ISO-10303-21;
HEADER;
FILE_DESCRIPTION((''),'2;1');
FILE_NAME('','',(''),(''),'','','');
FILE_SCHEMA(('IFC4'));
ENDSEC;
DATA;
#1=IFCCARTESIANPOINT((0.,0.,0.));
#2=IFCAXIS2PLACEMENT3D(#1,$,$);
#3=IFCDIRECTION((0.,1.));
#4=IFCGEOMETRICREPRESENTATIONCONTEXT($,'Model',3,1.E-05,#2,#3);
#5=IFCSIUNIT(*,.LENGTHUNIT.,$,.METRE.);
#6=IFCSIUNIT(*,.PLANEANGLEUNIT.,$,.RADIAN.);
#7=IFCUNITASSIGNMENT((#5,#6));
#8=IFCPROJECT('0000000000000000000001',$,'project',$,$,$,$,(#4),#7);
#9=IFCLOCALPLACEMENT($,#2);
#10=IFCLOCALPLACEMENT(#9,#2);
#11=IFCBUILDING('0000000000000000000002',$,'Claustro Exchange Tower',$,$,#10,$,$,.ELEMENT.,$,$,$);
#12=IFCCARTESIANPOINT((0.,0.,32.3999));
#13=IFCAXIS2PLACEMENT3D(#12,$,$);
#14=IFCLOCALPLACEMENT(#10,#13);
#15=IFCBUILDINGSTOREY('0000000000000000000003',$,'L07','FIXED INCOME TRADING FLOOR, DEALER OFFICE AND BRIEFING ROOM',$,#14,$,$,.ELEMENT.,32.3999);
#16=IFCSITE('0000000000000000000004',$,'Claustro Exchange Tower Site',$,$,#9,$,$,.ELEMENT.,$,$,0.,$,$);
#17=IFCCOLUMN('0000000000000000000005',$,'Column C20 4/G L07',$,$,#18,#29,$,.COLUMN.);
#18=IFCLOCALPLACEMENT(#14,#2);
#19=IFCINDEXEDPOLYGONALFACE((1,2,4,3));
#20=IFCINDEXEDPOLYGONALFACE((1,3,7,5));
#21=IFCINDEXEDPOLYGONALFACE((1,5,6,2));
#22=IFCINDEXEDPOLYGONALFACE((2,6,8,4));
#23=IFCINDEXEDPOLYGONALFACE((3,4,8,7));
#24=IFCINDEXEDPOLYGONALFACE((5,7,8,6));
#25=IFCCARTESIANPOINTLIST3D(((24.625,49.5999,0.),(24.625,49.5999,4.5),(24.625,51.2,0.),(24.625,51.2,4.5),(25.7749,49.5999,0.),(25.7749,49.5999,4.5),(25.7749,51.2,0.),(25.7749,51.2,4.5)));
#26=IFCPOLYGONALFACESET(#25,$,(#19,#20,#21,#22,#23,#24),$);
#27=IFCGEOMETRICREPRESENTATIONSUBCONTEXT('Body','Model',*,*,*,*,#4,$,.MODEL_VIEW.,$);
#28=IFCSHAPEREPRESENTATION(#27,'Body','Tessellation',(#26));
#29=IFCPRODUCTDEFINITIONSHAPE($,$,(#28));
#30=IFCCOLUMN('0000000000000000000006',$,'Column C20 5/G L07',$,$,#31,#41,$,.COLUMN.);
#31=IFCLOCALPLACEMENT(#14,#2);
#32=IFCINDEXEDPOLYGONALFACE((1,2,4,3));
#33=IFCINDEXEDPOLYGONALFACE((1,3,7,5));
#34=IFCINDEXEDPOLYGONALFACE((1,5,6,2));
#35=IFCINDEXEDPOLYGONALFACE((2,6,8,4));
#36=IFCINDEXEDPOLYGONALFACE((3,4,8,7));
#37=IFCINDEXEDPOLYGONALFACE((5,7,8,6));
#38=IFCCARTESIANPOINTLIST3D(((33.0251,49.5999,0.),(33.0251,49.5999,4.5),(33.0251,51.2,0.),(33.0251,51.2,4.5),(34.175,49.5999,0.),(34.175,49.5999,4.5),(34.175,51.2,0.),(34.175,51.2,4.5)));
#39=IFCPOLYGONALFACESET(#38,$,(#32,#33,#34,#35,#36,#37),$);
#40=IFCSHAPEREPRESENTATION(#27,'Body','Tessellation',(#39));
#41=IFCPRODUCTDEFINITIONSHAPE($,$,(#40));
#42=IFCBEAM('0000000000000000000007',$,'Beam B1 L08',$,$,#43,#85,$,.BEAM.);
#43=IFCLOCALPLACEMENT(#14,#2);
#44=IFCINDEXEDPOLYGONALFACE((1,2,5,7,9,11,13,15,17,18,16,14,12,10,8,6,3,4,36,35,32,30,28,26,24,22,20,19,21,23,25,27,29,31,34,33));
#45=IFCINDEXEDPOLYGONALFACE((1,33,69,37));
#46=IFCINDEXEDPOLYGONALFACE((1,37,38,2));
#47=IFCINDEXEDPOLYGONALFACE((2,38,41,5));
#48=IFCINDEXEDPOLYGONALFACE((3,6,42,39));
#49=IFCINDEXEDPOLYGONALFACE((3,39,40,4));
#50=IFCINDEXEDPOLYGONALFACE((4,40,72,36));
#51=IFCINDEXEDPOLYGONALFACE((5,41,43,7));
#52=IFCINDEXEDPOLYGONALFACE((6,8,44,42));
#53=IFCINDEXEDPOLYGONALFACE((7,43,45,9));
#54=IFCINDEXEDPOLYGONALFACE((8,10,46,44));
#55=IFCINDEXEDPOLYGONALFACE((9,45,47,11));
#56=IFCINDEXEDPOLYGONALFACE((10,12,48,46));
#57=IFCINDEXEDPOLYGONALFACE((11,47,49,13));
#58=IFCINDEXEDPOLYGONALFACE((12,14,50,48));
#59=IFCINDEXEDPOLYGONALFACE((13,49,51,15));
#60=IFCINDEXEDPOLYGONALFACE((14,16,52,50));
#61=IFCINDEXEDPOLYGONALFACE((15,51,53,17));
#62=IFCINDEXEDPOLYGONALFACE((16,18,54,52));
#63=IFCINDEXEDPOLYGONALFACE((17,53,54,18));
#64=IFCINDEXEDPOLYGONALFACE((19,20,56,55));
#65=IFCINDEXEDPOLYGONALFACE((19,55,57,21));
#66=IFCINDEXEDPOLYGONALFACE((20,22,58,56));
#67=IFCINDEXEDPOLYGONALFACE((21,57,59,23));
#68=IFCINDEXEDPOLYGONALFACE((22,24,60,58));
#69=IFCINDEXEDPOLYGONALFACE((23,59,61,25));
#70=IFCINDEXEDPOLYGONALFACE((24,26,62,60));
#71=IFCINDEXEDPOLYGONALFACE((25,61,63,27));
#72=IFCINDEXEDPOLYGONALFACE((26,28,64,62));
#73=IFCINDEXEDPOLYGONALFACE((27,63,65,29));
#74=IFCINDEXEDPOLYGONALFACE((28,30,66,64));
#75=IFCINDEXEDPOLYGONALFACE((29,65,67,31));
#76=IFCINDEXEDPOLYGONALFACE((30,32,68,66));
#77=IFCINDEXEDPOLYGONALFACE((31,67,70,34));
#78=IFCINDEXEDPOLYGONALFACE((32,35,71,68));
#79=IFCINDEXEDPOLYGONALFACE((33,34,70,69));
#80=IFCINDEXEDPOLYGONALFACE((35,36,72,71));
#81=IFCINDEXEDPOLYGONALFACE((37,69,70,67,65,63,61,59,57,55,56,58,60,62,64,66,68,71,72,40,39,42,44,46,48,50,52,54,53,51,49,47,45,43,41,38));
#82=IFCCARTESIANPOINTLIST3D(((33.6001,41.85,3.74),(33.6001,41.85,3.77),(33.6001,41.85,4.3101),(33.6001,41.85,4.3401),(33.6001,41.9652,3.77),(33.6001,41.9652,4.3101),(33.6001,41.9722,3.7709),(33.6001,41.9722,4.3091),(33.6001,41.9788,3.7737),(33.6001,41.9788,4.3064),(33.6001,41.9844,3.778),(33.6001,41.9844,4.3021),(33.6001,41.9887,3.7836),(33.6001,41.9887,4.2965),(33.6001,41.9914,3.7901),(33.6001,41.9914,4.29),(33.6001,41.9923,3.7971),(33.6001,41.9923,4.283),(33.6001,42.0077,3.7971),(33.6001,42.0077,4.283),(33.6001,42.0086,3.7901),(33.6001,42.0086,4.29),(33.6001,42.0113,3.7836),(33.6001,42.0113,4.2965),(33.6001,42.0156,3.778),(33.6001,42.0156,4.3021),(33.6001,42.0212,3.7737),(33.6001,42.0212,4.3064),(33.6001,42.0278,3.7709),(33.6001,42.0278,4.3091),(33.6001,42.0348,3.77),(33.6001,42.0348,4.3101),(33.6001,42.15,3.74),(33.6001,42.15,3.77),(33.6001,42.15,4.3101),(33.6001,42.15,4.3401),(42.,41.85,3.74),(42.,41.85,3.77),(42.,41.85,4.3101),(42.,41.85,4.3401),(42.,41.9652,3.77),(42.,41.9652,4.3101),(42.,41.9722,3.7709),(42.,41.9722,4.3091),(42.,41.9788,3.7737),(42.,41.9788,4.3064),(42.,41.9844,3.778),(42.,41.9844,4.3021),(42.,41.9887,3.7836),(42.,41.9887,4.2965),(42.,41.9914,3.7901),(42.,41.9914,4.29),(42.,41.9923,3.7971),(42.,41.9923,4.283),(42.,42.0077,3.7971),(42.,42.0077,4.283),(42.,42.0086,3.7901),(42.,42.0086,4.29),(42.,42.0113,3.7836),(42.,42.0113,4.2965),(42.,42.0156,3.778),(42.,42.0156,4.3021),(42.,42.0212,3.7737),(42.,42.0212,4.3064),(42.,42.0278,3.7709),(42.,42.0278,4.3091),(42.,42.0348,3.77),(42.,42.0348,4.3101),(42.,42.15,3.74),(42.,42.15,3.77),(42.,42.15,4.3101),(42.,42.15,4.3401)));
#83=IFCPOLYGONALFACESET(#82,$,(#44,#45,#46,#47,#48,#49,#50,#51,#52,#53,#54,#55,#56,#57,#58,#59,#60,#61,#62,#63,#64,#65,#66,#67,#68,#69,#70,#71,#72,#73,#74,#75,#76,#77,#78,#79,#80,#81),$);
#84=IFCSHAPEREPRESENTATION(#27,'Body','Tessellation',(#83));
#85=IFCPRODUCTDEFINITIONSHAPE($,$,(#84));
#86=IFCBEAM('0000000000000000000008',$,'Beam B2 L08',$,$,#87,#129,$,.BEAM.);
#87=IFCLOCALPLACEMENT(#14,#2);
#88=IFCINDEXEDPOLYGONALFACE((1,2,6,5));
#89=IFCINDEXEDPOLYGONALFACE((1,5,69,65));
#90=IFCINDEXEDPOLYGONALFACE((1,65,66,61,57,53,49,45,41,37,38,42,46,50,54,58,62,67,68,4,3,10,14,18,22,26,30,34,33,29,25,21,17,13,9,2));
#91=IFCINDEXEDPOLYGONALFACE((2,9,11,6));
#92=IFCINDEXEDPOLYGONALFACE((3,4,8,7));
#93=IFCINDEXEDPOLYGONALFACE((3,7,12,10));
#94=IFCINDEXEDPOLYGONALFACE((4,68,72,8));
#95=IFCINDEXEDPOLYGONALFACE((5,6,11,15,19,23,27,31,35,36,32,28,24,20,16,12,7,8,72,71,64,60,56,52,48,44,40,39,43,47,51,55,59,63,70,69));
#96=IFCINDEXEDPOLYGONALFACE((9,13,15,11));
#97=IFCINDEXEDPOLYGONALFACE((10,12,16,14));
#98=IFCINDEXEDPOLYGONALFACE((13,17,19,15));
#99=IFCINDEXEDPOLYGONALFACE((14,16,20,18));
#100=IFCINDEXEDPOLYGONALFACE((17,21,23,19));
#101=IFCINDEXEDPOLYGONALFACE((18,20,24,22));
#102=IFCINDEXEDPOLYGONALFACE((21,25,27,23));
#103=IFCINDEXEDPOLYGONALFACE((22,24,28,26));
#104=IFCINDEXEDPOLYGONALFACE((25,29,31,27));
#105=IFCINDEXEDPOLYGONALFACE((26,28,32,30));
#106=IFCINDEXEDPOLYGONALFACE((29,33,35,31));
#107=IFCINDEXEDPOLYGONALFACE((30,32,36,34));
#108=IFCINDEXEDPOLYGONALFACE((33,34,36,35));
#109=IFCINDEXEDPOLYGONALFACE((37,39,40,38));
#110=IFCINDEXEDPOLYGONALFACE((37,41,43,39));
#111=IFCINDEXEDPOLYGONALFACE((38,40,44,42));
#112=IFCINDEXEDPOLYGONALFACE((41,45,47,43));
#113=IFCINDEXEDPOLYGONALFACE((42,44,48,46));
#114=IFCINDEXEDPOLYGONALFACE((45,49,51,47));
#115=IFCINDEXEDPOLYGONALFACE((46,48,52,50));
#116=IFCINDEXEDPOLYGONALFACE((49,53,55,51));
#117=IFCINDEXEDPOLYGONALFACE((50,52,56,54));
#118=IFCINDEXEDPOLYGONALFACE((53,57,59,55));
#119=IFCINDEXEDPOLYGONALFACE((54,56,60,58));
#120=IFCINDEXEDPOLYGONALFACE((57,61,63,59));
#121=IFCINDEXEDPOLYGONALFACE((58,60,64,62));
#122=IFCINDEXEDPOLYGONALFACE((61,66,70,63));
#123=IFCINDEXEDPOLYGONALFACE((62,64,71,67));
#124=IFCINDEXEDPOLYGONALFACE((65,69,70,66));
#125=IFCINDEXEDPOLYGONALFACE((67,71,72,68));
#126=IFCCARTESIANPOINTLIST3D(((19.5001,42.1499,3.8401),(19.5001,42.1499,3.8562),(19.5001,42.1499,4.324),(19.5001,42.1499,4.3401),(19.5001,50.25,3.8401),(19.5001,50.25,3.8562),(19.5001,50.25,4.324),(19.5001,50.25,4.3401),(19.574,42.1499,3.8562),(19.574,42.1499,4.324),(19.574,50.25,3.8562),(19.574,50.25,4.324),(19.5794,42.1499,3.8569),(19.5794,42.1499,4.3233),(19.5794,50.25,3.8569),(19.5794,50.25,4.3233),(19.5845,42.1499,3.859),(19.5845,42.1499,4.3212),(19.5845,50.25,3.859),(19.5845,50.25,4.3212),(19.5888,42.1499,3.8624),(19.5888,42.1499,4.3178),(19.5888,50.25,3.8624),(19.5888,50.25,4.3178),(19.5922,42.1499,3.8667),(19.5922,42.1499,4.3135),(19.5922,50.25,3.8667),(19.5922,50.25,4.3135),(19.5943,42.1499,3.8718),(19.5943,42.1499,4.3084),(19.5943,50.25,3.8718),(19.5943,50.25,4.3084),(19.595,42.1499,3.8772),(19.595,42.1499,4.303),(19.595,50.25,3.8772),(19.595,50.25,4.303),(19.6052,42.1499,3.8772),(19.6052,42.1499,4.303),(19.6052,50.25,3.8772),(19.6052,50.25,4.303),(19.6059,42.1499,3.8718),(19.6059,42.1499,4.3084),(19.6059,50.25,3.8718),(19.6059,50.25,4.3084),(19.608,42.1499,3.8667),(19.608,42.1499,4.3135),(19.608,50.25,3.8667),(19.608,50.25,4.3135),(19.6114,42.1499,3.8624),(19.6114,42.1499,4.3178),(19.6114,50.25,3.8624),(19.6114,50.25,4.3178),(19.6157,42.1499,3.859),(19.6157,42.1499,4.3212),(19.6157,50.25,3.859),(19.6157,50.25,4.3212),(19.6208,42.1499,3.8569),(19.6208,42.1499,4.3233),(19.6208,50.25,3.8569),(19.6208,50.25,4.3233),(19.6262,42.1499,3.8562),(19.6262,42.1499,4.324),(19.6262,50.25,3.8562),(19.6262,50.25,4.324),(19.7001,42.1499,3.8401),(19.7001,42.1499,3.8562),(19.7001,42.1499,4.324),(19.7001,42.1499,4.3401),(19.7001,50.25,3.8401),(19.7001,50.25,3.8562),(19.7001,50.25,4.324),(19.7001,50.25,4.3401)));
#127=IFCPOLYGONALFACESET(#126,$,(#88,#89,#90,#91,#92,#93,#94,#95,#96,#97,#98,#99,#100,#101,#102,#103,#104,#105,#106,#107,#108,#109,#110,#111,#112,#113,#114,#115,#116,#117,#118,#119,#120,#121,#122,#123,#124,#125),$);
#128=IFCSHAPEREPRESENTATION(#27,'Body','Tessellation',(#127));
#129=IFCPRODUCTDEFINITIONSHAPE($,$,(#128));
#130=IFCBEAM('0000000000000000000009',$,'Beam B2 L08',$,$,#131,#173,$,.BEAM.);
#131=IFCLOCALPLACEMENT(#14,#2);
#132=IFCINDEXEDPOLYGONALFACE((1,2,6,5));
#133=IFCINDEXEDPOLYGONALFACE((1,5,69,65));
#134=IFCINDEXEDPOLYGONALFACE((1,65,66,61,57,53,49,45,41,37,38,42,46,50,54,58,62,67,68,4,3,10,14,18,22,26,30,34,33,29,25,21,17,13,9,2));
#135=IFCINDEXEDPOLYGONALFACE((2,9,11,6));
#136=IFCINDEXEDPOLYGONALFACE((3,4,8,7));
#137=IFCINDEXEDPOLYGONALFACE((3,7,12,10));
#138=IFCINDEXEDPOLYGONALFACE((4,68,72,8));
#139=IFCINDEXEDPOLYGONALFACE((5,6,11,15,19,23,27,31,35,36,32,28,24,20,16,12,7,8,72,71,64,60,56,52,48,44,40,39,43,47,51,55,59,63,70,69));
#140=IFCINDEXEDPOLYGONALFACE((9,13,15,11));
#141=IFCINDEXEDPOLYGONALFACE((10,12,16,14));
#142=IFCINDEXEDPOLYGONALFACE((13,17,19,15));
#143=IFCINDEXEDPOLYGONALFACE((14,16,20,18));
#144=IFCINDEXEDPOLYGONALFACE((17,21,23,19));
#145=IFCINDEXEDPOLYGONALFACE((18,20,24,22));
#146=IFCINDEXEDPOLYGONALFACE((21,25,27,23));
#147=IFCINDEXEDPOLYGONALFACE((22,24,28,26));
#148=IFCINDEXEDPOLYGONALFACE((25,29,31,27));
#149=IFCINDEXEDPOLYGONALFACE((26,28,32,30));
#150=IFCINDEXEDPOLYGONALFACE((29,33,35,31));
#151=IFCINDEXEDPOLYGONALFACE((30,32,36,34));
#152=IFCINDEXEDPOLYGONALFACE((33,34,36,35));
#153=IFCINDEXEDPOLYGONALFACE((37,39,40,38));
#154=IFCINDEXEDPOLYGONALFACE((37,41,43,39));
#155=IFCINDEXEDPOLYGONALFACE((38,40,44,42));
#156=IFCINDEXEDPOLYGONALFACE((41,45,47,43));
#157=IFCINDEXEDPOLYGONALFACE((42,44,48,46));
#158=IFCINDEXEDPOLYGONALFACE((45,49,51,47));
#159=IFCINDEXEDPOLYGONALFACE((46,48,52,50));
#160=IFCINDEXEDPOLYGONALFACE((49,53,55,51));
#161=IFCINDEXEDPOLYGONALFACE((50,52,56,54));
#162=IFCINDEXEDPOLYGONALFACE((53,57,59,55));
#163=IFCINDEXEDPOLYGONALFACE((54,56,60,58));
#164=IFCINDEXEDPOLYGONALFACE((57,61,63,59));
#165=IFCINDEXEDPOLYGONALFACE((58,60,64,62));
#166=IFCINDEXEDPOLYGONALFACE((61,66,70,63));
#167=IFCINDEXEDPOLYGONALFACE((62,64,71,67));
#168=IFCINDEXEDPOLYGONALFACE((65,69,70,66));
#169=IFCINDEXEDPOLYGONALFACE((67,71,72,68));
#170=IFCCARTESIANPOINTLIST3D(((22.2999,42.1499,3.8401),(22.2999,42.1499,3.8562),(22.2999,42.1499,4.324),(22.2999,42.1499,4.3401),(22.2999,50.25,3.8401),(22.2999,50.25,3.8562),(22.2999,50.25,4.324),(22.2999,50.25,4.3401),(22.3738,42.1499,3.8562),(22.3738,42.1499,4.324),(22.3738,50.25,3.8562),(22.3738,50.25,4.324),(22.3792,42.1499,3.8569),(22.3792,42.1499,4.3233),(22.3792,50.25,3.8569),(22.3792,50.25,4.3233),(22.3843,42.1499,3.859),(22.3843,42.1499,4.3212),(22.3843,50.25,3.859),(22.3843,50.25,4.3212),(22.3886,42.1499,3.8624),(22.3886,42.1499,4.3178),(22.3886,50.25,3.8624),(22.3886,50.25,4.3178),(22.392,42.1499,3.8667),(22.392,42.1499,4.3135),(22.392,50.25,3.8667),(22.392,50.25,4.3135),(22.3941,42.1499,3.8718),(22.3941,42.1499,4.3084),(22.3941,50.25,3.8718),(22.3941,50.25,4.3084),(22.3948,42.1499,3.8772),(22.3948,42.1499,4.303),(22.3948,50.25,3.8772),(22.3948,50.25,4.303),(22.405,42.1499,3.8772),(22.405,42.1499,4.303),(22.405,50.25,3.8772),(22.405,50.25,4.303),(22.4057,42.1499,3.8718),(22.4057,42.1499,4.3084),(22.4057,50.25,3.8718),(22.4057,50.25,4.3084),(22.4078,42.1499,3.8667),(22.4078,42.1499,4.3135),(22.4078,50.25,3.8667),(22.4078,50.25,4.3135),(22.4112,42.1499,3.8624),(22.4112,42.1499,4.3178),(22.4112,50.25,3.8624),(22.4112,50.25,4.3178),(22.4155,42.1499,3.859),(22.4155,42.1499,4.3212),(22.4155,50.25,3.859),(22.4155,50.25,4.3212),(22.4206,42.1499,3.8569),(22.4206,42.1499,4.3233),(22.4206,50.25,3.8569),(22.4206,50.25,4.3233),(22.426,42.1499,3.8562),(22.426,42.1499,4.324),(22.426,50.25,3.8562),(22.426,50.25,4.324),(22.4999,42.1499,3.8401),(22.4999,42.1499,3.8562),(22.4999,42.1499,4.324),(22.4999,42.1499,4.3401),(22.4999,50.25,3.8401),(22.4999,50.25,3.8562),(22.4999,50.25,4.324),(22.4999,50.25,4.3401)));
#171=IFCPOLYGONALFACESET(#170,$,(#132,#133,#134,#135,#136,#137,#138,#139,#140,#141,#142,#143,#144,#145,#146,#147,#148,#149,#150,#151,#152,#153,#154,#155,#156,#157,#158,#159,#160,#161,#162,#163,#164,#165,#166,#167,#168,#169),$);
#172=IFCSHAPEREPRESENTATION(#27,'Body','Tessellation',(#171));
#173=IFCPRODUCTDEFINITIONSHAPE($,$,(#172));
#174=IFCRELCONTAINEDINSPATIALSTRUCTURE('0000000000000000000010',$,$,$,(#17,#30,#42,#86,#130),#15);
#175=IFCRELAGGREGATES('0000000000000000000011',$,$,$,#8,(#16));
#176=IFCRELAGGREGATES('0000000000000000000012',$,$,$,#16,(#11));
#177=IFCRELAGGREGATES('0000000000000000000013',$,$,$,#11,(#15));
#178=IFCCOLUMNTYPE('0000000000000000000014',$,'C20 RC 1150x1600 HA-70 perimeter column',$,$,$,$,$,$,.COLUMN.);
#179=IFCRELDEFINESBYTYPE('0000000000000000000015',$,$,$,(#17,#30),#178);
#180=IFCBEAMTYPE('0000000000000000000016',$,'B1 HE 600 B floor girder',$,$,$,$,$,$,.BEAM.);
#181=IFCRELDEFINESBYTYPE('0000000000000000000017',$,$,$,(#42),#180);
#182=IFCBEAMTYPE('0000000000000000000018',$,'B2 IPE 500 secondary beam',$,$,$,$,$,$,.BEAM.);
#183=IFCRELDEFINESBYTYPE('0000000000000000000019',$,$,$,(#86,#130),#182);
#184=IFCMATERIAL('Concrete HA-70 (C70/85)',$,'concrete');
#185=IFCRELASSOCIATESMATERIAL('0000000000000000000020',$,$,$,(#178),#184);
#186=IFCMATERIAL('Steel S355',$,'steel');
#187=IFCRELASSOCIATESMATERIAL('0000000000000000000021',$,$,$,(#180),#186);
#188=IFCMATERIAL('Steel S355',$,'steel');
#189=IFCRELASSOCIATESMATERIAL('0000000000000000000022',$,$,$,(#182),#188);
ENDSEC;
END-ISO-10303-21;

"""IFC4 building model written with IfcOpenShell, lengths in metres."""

from ifc_helpers import new_model, si_unit, direction, frame, origin, origin_2d, place, context, subcontext, project, spatial, rectangle, i_section, extrude, material, material_profile, profile_set, type_object, element, save


model = new_model("IFC4")

# Units and contexts
model_context = context("Model", 3, precision=1e-05, world=origin(), true_north=direction((0.0, 1.0)))
body_context = subcontext(model_context, "Body", "Model", "MODEL_VIEW")
ifc_project = project(units=[si_unit("LENGTHUNIT", "METRE"), si_unit("PLANEANGLEUNIT", "RADIAN")], contexts=[model_context])

# Site, building, storey
site_placement = place(None, origin())
site = spatial("IfcSite", under=ifc_project, at=site_placement, Name="Claustro Exchange Tower Site", CompositionType="ELEMENT", RefElevation=0.0)
building_placement = place(site_placement, origin())
building = spatial("IfcBuilding", under=site, at=building_placement, Name="Claustro Exchange Tower", CompositionType="ELEMENT")
storey_placement = place(building_placement, frame((0.0, 0.0, 32.3999)))
storey = spatial("IfcBuildingStorey", under=building, at=storey_placement, Name="L07", Description="FIXED INCOME TRADING FLOOR, DEALER OFFICE AND BRIEFING ROOM", CompositionType="ELEMENT", Elevation=32.3999)

# Columns
ifc_material_1 = material(Name="Concrete HA-70 (C70/85)", Category="concrete")
ifc_material_profile_1 = material_profile(ifc_material_1, rectangle(XDim=1.1499, YDim=1.6001, at=origin_2d()), Name="RC 1150x1600")
ifc_profile_set_1 = profile_set([ifc_material_profile_1], Name="Concrete HA-70 (C70/85)")
column_type = type_object("IfcColumnType", Name="C20 RC 1150x1600 HA-70 perimeter column", PredefinedType="COLUMN", material=ifc_profile_set_1)
for number, where, z_axis, x_axis, name in (
    (1, (25.2, 50.3999, 0.0), (0.0, 0.0, 1.0), (1.0, 0.0, 0.0), "Column C20 4/G L07"),
    (2, (33.6001, 50.3999, 0.0), (0.0, 0.0, 1.0), (1.0, 0.0, 0.0), "Column C20 5/G L07"),
):
    element("IfcColumn", number, at=place(storey_placement, frame(where, z_axis=z_axis, x_axis=x_axis)), inside=storey, type_object=column_type, Name=name, PredefinedType="COLUMN", context=body_context, shape_type="SweptSolid", body=[
        extrude(rectangle(XDim=1.1499, YDim=1.6001, at=origin_2d()), origin(), (0.0, 0.0, 1.0), 4.5),
    ])

# Beams
ifc_material_2 = material(Name="Steel S355", Category="steel")
ifc_material_profile_2 = material_profile(ifc_material_2, i_section(OverallWidth=0.3, OverallDepth=0.6001, WebThickness=0.0154, FlangeThickness=0.03, FilletRadius=0.0271, at=origin_2d()), Name="HE 600 B")
ifc_profile_set_2 = profile_set([ifc_material_profile_2], Name="Steel S355")
beam_type_1 = type_object("IfcBeamType", Name="B1 HE 600 B floor girder", PredefinedType="BEAM", material=ifc_profile_set_2)
beam_1_placement = place(storey_placement, frame((33.6001, 42.0, 4.04), z_axis=(1.0, 0.0, 0.0), x_axis=(0.0, 1.0, 0.0)))
element("IfcBeam", 3, at=beam_1_placement, inside=storey, type_object=beam_type_1, Name="Beam B1 L08", PredefinedType="BEAM", context=body_context, shape_type="SweptSolid", body=[
    extrude(i_section(OverallWidth=0.3, OverallDepth=0.6001, WebThickness=0.0154, FlangeThickness=0.03, FilletRadius=0.0271, at=origin_2d()), origin(), (0.0, 0.0, 1.0), 8.3999),
])
ifc_material_3 = material(Name="Steel S355", Category="steel")
ifc_material_profile_3 = material_profile(ifc_material_3, i_section(OverallWidth=0.2, OverallDepth=0.5, WebThickness=0.0103, FlangeThickness=0.0161, FilletRadius=0.021, at=origin_2d()), Name="IPE 500")
ifc_profile_set_3 = profile_set([ifc_material_profile_3], Name="Steel S355")
beam_type_2 = type_object("IfcBeamType", Name="B2 IPE 500 secondary beam", PredefinedType="BEAM", material=ifc_profile_set_3)
for number, where, z_axis, x_axis, name in (
    (4, (19.6001, 42.1499, 4.0901), (0.0, 1.0, 0.0), (-1.0, 0.0, 0.0), "Beam B2 L08"),
    (5, (22.3999, 42.1499, 4.0901), (0.0, 1.0, 0.0), (-1.0, 0.0, 0.0), "Beam B2 L08"),
):
    element("IfcBeam", number, at=place(storey_placement, frame(where, z_axis=z_axis, x_axis=x_axis)), inside=storey, type_object=beam_type_2, Name=name, PredefinedType="BEAM", context=body_context, shape_type="SweptSolid", body=[
        extrude(i_section(OverallWidth=0.2, OverallDepth=0.5, WebThickness=0.0103, FlangeThickness=0.0161, FilletRadius=0.021, at=origin_2d()), origin(), (0.0, 0.0, 1.0), 8.1001),
    ])

save(model, "model.ifc")
